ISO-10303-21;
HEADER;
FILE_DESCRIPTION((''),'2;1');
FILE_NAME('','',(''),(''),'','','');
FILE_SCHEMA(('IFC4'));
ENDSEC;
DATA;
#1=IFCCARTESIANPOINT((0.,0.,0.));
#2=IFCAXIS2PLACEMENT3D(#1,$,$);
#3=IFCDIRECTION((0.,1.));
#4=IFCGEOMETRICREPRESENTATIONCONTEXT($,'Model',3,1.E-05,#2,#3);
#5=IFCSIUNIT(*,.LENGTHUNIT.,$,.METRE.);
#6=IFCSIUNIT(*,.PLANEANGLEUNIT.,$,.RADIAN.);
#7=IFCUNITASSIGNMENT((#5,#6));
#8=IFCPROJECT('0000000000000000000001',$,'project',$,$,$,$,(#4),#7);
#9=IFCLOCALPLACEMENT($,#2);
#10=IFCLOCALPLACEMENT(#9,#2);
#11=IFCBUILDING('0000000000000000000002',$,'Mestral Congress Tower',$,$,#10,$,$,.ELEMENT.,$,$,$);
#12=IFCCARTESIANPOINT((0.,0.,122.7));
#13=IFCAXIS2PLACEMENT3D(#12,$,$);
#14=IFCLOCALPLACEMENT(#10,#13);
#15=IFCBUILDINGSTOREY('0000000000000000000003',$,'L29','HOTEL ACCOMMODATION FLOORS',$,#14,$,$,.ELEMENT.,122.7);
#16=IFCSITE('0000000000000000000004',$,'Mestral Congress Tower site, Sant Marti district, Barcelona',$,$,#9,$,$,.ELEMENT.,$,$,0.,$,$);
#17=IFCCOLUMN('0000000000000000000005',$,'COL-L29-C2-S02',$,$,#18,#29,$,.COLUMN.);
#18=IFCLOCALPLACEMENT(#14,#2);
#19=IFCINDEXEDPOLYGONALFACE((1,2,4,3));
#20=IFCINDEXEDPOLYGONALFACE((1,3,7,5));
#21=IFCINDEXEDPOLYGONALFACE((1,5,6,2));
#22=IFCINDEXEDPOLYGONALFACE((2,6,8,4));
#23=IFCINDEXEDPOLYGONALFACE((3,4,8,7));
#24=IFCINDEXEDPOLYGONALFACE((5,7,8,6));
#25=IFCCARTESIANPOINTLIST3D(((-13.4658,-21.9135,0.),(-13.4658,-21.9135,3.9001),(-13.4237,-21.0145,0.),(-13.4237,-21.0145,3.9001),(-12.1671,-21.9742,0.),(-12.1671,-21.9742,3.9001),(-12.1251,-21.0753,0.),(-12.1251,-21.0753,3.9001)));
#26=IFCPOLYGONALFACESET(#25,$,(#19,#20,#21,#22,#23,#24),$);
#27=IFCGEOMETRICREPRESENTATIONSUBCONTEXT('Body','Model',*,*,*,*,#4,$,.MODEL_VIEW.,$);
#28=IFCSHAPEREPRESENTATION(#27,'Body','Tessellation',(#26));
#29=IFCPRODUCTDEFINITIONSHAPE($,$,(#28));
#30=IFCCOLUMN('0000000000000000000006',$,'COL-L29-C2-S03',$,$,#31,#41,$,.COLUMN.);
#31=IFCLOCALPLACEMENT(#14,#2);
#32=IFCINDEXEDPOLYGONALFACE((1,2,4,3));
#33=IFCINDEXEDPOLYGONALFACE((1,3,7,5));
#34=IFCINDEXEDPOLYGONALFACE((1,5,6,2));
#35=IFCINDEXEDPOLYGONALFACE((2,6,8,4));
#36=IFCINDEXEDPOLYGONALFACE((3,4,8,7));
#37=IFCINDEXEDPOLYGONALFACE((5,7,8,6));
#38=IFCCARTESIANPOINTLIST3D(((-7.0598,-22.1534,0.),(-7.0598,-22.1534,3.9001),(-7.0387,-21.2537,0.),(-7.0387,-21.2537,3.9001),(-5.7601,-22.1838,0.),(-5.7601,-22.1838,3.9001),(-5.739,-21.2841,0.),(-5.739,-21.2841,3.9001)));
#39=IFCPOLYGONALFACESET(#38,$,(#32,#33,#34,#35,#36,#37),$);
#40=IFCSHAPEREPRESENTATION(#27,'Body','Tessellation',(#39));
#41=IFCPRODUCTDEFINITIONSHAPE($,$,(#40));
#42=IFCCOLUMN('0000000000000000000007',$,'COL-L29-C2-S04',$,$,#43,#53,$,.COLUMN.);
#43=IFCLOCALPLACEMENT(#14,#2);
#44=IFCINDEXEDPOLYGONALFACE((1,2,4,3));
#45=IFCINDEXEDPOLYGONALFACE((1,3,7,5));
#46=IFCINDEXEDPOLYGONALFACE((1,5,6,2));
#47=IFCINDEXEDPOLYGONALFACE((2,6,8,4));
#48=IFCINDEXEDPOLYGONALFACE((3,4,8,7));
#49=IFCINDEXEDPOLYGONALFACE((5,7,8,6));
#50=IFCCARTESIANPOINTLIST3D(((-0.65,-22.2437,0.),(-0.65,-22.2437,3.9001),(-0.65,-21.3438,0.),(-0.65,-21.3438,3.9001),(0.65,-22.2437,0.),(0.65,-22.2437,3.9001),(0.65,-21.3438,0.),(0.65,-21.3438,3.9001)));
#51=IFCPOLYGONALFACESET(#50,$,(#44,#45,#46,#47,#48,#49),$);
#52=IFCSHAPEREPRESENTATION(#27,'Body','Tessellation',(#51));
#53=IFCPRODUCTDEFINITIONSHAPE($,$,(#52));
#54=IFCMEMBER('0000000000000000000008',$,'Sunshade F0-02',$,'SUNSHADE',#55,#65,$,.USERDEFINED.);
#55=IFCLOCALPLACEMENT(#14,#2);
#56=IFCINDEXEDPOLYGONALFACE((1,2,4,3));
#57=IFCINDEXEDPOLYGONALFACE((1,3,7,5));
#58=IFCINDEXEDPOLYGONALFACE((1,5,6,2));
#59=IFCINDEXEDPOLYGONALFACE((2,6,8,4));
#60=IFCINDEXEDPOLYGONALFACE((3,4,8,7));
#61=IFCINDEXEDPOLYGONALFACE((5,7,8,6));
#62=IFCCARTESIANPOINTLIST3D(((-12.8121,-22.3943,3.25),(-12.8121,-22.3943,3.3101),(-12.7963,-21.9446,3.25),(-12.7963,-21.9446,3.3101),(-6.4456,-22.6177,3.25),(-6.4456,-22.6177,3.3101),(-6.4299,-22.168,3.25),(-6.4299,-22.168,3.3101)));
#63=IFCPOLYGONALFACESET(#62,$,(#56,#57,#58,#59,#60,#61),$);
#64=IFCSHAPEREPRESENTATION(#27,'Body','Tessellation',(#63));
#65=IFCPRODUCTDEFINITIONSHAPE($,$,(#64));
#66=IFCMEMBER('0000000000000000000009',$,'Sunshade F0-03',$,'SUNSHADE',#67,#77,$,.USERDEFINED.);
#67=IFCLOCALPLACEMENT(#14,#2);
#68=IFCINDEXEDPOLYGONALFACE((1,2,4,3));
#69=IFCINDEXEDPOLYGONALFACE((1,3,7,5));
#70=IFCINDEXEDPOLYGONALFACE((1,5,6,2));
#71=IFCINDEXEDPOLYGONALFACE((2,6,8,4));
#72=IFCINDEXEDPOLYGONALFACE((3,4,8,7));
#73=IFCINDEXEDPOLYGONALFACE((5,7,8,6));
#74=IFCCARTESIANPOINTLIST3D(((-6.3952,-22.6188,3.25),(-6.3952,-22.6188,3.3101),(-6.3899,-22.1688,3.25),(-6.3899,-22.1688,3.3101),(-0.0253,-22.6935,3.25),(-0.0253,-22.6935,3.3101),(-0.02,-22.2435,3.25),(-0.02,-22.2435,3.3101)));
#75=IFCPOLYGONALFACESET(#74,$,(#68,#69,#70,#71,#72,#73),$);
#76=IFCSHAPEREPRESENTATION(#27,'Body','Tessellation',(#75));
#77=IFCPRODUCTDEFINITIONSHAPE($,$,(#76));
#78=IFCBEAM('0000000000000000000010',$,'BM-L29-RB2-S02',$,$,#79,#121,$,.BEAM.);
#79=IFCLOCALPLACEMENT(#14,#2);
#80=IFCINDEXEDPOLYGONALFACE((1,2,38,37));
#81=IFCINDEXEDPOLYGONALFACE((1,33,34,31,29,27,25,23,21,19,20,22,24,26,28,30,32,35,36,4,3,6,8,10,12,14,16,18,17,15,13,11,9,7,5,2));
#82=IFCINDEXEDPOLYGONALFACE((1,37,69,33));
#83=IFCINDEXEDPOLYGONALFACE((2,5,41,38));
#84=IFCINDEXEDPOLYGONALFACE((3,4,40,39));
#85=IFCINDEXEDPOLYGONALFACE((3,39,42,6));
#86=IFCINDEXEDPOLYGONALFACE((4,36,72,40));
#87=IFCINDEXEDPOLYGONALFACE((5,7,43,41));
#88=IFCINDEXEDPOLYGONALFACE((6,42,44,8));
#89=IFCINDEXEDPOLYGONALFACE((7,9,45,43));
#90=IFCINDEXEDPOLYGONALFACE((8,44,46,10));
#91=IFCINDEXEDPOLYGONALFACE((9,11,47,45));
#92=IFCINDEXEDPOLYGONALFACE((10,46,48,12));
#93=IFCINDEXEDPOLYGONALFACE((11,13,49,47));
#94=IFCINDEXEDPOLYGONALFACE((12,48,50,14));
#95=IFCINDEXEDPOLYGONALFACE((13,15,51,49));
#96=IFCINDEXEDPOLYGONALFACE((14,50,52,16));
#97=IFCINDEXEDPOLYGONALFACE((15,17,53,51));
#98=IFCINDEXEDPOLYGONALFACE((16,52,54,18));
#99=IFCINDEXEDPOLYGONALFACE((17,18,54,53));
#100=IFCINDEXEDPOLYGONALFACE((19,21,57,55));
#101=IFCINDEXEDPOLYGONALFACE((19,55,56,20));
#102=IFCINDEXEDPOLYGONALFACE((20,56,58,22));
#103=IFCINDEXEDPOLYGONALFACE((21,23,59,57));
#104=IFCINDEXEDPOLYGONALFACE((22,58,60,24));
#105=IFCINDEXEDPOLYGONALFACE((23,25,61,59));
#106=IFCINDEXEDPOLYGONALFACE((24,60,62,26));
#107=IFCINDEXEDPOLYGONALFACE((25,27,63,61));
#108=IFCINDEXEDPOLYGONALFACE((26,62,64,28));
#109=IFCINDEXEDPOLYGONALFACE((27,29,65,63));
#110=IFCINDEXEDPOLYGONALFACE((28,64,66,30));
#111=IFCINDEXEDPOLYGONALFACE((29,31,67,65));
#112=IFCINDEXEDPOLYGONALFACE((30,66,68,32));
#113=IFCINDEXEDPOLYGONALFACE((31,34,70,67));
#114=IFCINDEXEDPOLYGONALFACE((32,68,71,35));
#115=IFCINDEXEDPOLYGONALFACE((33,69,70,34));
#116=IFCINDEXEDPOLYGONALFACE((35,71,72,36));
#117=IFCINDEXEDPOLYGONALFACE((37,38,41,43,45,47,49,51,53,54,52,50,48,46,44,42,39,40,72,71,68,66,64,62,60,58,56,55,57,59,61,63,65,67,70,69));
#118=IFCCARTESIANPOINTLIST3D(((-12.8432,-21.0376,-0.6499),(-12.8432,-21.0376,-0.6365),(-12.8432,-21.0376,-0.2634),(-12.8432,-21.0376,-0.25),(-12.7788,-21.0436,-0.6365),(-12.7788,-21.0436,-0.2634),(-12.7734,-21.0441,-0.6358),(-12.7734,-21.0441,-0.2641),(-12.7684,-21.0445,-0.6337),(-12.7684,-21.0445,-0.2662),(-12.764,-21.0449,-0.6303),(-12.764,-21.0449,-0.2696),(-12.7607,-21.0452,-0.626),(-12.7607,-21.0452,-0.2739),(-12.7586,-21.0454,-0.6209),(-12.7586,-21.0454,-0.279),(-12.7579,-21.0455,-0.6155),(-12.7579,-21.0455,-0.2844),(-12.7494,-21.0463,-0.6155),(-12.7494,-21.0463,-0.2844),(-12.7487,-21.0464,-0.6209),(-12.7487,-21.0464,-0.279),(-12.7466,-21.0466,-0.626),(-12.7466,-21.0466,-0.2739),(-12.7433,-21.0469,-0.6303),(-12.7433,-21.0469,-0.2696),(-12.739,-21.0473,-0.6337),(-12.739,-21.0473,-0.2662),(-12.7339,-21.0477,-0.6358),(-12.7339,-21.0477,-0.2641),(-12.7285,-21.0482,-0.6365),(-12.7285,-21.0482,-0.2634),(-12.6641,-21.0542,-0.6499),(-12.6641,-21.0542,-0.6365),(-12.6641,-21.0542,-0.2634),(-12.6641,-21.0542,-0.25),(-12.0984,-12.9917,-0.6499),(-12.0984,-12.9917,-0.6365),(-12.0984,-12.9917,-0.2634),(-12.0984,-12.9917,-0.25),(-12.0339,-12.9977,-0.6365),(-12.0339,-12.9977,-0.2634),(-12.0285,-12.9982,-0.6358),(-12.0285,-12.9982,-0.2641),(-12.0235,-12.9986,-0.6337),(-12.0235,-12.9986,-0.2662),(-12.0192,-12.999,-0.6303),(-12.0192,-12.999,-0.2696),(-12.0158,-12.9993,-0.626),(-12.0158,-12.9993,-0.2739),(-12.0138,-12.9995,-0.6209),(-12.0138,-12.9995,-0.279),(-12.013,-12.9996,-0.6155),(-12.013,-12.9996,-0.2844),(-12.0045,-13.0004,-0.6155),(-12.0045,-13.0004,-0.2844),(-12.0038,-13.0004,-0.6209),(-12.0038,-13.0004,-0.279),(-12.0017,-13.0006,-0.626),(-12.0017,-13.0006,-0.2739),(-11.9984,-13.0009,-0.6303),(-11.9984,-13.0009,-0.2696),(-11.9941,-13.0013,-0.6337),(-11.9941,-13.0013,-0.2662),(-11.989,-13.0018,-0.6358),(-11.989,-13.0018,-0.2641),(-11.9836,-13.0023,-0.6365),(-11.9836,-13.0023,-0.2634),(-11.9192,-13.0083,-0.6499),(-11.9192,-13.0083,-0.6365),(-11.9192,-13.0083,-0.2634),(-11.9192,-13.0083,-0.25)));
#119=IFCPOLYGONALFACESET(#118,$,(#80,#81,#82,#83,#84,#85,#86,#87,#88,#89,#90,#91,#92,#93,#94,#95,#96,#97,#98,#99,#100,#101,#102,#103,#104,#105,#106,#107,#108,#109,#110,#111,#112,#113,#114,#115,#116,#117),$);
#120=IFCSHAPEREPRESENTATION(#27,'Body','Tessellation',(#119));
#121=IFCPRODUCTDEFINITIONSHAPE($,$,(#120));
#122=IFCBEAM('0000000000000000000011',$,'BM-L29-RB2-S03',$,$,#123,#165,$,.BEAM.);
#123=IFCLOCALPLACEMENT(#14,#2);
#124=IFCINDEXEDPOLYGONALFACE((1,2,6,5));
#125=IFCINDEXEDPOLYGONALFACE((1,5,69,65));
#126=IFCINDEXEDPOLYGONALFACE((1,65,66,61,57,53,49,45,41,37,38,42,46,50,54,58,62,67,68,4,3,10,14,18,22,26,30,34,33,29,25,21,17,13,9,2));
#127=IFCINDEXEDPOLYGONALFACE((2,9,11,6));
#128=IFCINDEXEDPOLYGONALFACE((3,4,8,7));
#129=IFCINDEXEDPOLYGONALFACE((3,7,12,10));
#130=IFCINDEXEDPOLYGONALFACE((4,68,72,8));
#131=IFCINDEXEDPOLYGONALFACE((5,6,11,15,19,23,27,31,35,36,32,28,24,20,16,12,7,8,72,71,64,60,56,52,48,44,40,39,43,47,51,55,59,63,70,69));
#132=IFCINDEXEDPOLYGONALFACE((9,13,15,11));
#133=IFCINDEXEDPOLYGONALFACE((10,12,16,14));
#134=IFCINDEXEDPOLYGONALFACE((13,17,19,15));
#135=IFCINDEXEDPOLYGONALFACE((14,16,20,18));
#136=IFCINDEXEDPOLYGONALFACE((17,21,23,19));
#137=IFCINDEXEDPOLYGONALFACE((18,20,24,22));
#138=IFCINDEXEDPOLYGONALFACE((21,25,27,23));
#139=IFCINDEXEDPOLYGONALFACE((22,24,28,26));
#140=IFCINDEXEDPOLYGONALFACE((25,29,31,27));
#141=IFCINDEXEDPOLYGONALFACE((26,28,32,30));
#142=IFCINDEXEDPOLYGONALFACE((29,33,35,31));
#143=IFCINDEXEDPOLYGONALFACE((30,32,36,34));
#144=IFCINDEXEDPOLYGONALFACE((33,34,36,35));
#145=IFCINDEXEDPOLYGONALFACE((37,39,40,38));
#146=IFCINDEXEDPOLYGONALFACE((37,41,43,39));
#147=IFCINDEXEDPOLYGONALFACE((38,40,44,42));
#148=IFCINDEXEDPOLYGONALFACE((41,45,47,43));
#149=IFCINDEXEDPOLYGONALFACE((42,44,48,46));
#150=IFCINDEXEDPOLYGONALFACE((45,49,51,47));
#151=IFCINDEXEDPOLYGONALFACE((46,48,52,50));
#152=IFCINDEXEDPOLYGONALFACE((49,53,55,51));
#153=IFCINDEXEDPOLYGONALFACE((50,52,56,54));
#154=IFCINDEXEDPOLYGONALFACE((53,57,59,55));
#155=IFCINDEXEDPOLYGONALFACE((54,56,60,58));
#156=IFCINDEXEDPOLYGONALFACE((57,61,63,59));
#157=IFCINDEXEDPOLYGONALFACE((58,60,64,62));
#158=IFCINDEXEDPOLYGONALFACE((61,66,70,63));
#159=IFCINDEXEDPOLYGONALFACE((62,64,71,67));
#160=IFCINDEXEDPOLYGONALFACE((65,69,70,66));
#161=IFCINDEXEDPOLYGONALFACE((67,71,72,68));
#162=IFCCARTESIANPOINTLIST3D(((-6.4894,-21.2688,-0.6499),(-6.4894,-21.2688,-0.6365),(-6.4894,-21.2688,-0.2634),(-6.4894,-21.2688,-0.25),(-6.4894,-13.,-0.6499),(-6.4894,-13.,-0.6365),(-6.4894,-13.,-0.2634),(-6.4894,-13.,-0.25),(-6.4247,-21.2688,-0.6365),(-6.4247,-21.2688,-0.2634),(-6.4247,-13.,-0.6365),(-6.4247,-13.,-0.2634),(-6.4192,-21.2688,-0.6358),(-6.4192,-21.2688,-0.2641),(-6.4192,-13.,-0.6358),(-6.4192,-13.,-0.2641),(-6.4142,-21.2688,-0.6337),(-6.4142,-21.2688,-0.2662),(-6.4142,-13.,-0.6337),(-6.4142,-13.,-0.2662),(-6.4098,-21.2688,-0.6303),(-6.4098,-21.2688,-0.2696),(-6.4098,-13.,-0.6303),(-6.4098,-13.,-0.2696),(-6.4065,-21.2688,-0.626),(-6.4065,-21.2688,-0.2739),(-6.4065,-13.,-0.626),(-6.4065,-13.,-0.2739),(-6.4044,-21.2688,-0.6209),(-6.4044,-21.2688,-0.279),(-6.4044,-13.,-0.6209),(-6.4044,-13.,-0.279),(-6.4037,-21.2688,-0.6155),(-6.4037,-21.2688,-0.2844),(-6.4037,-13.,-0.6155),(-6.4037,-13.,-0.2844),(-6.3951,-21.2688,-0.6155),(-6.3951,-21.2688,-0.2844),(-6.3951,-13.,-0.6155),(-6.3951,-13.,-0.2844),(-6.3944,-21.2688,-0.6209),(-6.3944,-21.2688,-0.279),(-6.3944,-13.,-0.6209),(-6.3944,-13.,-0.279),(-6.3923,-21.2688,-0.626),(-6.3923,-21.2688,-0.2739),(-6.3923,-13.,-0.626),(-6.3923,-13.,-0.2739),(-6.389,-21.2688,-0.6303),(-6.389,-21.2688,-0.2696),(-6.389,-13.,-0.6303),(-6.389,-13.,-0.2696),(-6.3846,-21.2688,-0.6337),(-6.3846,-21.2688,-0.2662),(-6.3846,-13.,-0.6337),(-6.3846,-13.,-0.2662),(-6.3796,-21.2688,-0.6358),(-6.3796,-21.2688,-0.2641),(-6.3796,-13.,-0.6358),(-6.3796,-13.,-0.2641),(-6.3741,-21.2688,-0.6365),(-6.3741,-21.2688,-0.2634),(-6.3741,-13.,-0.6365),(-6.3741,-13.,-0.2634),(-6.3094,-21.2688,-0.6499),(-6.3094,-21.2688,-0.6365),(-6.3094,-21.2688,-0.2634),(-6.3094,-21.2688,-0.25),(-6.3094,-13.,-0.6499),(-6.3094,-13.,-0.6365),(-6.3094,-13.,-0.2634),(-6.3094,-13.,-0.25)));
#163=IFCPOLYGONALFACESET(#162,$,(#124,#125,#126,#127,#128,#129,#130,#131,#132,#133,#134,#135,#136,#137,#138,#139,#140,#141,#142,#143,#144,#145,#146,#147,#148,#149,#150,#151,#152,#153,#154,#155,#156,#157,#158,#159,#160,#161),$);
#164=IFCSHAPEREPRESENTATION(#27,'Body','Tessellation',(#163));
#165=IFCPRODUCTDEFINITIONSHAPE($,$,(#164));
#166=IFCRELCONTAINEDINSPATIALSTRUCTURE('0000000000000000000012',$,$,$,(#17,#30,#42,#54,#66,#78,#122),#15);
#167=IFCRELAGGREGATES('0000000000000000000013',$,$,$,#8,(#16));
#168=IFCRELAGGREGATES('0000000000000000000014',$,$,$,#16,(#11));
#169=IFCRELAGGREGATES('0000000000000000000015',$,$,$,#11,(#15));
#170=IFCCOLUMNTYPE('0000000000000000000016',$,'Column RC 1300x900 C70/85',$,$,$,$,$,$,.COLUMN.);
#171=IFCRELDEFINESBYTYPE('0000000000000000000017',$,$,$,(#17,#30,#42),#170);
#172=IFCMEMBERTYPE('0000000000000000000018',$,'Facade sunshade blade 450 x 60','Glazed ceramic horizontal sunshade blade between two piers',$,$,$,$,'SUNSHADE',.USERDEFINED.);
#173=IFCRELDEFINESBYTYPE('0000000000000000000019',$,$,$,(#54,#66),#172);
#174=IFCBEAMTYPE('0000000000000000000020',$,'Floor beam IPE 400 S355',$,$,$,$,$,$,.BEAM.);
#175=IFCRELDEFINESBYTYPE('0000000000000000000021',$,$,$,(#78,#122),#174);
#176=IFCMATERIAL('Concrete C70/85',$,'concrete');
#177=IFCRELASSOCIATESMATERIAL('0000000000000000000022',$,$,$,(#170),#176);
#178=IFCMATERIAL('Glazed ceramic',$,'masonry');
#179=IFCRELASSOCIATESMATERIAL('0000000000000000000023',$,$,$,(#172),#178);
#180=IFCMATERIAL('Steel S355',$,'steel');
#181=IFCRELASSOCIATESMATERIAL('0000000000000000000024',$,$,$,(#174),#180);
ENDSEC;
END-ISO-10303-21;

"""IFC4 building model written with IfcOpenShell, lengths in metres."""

from ifc_helpers import new_model, si_unit, direction, frame, origin, origin_2d, place, context, subcontext, project, spatial, rectangle, i_section, extrude, material, material_profile, profile_set, type_object, element, save


model = new_model("IFC4")

# Units and contexts
model_context = context("Model", 3, precision=1e-05, world=origin(), true_north=direction((0.0, 1.0)))
body_context = subcontext(model_context, "Body", "Model", "MODEL_VIEW")
ifc_project = project(units=[si_unit("LENGTHUNIT", "METRE"), si_unit("PLANEANGLEUNIT", "RADIAN")], contexts=[model_context])

# Site, building, storey
site_placement = place(None, origin())
site = spatial("IfcSite", under=ifc_project, at=site_placement, Name="Mestral Congress Tower site, Sant Marti district, Barcelona", CompositionType="ELEMENT", RefElevation=0.0)
building_placement = place(site_placement, origin())
building = spatial("IfcBuilding", under=site, at=building_placement, Name="Mestral Congress Tower", CompositionType="ELEMENT")
storey_placement = place(building_placement, frame((0.0, 0.0, 122.7)))
storey = spatial("IfcBuildingStorey", under=building, at=storey_placement, Name="L29", Description="HOTEL ACCOMMODATION FLOORS", CompositionType="ELEMENT", Elevation=122.7)

# Columns
ifc_material_1 = material(Name="Concrete C70/85", Category="concrete")
ifc_material_profile_1 = material_profile(ifc_material_1, rectangle(XDim=1.3, YDim=0.8999, at=origin_2d()), Name="RC 1300x900")
ifc_profile_set_1 = profile_set([ifc_material_profile_1], Name="Concrete C70/85")
column_type = type_object("IfcColumnType", Name="Column RC 1300x900 C70/85", PredefinedType="COLUMN", material=ifc_profile_set_1)
for number, where, z_axis, x_axis, name in (
    (1, (-12.7954, -21.4944, 0.0), (0.0, 0.0, 1.0), (0.998906, -0.046756, 0.0), "COL-L29-C2-S02"),
    (2, (-6.3994, -21.7188, 0.0), (0.0, 0.0, 1.0), (0.999727, -0.023384, 0.0), "COL-L29-C2-S03"),
    (3, (0.0, -21.7937, 0.0), (0.0, 0.0, 1.0), (1.0, 0.0, 0.0), "COL-L29-C2-S04"),
):
    element("IfcColumn", number, at=place(storey_placement, frame(where, z_axis=z_axis, x_axis=x_axis)), inside=storey, type_object=column_type, Name=name, PredefinedType="COLUMN", context=body_context, shape_type="SweptSolid", body=[
        extrude(rectangle(XDim=1.3, YDim=0.8999, at=origin_2d()), origin(), (0.0, 0.0, 1.0), 3.9001),
    ])

# Members
ifc_material_2 = material(Name="Glazed ceramic", Category="masonry")
ifc_material_profile_2 = material_profile(ifc_material_2, rectangle(XDim=0.45, YDim=0.0601, at=origin_2d()), Name="Ceramic blade 450 x 60")
ifc_profile_set_2 = profile_set([ifc_material_profile_2], Name="Glazed ceramic")
member_type = type_object("IfcMemberType", Name="Facade sunshade blade 450 x 60", Description="Glazed ceramic horizontal sunshade blade between two piers", ElementType="SUNSHADE", PredefinedType="USERDEFINED", material=ifc_profile_set_2)
for number, where, z_axis, x_axis, name in (
    (4, (-12.8042, -22.1694, 3.28), (0.999385, -0.035067, 0.0), (0.035067, 0.999385, 0.0), "Sunshade F0-02"),
    (5, (-6.3926, -22.3938, 3.28), (0.999931, -0.011727, 0.0), (0.011727, 0.999931, 0.0), "Sunshade F0-03"),
):
    element("IfcMember", number, at=place(storey_placement, frame(where, z_axis=z_axis, x_axis=x_axis)), inside=storey, type_object=member_type, Name=name, ObjectType="SUNSHADE", PredefinedType="USERDEFINED", context=body_context, shape_type="SweptSolid", body=[
        extrude(rectangle(XDim=0.45, YDim=0.0601, at=origin_2d()), origin(), (0.0, 0.0, 1.0), 6.3704),
    ])

# Beams
ifc_material_3 = material(Name="Steel S355", Category="steel")
ifc_material_profile_3 = material_profile(ifc_material_3, i_section(OverallWidth=0.1799, OverallDepth=0.3999, WebThickness=0.0085, FlangeThickness=0.0134, FilletRadius=0.021, at=origin_2d()), Name="IPE 400")
ifc_profile_set_3 = profile_set([ifc_material_profile_3], Name="Steel S355")
beam_type_1 = type_object("IfcBeamType", Name="Floor beam IPE 400 S355", PredefinedType="BEAM", material=ifc_profile_set_3)
beam_1_placement = place(storey_placement, frame((-12.7537, -21.0459, -0.45), z_axis=(0.092184, 0.995742, 0.0), x_axis=(-0.995742, 0.092184, 0.0)))
element("IfcBeam", 6, at=beam_1_placement, inside=storey, type_object=beam_type_1, Name="BM-L29-RB2-S02", PredefinedType="BEAM", context=body_context, shape_type="SweptSolid", body=[
    extrude(i_section(OverallWidth=0.1799, OverallDepth=0.3999, WebThickness=0.0085, FlangeThickness=0.0134, FilletRadius=0.021, at=origin_2d()), origin(), (0.0, 0.0, 1.0), 8.0803),
])
beam_2_placement = place(storey_placement, frame((-6.3994, -21.2688, -0.45), z_axis=(0.0, 1.0, 0.0), x_axis=(-1.0, 0.0, 0.0)))
element("IfcBeam", 7, at=beam_2_placement, inside=storey, type_object=beam_type_1, Name="BM-L29-RB2-S03", PredefinedType="BEAM", context=body_context, shape_type="SweptSolid", body=[
    extrude(i_section(OverallWidth=0.1799, OverallDepth=0.3999, WebThickness=0.0085, FlangeThickness=0.0134, FilletRadius=0.021, at=origin_2d()), origin(), (0.0, 0.0, 1.0), 8.2688),
])

save(model, "model.ifc")
